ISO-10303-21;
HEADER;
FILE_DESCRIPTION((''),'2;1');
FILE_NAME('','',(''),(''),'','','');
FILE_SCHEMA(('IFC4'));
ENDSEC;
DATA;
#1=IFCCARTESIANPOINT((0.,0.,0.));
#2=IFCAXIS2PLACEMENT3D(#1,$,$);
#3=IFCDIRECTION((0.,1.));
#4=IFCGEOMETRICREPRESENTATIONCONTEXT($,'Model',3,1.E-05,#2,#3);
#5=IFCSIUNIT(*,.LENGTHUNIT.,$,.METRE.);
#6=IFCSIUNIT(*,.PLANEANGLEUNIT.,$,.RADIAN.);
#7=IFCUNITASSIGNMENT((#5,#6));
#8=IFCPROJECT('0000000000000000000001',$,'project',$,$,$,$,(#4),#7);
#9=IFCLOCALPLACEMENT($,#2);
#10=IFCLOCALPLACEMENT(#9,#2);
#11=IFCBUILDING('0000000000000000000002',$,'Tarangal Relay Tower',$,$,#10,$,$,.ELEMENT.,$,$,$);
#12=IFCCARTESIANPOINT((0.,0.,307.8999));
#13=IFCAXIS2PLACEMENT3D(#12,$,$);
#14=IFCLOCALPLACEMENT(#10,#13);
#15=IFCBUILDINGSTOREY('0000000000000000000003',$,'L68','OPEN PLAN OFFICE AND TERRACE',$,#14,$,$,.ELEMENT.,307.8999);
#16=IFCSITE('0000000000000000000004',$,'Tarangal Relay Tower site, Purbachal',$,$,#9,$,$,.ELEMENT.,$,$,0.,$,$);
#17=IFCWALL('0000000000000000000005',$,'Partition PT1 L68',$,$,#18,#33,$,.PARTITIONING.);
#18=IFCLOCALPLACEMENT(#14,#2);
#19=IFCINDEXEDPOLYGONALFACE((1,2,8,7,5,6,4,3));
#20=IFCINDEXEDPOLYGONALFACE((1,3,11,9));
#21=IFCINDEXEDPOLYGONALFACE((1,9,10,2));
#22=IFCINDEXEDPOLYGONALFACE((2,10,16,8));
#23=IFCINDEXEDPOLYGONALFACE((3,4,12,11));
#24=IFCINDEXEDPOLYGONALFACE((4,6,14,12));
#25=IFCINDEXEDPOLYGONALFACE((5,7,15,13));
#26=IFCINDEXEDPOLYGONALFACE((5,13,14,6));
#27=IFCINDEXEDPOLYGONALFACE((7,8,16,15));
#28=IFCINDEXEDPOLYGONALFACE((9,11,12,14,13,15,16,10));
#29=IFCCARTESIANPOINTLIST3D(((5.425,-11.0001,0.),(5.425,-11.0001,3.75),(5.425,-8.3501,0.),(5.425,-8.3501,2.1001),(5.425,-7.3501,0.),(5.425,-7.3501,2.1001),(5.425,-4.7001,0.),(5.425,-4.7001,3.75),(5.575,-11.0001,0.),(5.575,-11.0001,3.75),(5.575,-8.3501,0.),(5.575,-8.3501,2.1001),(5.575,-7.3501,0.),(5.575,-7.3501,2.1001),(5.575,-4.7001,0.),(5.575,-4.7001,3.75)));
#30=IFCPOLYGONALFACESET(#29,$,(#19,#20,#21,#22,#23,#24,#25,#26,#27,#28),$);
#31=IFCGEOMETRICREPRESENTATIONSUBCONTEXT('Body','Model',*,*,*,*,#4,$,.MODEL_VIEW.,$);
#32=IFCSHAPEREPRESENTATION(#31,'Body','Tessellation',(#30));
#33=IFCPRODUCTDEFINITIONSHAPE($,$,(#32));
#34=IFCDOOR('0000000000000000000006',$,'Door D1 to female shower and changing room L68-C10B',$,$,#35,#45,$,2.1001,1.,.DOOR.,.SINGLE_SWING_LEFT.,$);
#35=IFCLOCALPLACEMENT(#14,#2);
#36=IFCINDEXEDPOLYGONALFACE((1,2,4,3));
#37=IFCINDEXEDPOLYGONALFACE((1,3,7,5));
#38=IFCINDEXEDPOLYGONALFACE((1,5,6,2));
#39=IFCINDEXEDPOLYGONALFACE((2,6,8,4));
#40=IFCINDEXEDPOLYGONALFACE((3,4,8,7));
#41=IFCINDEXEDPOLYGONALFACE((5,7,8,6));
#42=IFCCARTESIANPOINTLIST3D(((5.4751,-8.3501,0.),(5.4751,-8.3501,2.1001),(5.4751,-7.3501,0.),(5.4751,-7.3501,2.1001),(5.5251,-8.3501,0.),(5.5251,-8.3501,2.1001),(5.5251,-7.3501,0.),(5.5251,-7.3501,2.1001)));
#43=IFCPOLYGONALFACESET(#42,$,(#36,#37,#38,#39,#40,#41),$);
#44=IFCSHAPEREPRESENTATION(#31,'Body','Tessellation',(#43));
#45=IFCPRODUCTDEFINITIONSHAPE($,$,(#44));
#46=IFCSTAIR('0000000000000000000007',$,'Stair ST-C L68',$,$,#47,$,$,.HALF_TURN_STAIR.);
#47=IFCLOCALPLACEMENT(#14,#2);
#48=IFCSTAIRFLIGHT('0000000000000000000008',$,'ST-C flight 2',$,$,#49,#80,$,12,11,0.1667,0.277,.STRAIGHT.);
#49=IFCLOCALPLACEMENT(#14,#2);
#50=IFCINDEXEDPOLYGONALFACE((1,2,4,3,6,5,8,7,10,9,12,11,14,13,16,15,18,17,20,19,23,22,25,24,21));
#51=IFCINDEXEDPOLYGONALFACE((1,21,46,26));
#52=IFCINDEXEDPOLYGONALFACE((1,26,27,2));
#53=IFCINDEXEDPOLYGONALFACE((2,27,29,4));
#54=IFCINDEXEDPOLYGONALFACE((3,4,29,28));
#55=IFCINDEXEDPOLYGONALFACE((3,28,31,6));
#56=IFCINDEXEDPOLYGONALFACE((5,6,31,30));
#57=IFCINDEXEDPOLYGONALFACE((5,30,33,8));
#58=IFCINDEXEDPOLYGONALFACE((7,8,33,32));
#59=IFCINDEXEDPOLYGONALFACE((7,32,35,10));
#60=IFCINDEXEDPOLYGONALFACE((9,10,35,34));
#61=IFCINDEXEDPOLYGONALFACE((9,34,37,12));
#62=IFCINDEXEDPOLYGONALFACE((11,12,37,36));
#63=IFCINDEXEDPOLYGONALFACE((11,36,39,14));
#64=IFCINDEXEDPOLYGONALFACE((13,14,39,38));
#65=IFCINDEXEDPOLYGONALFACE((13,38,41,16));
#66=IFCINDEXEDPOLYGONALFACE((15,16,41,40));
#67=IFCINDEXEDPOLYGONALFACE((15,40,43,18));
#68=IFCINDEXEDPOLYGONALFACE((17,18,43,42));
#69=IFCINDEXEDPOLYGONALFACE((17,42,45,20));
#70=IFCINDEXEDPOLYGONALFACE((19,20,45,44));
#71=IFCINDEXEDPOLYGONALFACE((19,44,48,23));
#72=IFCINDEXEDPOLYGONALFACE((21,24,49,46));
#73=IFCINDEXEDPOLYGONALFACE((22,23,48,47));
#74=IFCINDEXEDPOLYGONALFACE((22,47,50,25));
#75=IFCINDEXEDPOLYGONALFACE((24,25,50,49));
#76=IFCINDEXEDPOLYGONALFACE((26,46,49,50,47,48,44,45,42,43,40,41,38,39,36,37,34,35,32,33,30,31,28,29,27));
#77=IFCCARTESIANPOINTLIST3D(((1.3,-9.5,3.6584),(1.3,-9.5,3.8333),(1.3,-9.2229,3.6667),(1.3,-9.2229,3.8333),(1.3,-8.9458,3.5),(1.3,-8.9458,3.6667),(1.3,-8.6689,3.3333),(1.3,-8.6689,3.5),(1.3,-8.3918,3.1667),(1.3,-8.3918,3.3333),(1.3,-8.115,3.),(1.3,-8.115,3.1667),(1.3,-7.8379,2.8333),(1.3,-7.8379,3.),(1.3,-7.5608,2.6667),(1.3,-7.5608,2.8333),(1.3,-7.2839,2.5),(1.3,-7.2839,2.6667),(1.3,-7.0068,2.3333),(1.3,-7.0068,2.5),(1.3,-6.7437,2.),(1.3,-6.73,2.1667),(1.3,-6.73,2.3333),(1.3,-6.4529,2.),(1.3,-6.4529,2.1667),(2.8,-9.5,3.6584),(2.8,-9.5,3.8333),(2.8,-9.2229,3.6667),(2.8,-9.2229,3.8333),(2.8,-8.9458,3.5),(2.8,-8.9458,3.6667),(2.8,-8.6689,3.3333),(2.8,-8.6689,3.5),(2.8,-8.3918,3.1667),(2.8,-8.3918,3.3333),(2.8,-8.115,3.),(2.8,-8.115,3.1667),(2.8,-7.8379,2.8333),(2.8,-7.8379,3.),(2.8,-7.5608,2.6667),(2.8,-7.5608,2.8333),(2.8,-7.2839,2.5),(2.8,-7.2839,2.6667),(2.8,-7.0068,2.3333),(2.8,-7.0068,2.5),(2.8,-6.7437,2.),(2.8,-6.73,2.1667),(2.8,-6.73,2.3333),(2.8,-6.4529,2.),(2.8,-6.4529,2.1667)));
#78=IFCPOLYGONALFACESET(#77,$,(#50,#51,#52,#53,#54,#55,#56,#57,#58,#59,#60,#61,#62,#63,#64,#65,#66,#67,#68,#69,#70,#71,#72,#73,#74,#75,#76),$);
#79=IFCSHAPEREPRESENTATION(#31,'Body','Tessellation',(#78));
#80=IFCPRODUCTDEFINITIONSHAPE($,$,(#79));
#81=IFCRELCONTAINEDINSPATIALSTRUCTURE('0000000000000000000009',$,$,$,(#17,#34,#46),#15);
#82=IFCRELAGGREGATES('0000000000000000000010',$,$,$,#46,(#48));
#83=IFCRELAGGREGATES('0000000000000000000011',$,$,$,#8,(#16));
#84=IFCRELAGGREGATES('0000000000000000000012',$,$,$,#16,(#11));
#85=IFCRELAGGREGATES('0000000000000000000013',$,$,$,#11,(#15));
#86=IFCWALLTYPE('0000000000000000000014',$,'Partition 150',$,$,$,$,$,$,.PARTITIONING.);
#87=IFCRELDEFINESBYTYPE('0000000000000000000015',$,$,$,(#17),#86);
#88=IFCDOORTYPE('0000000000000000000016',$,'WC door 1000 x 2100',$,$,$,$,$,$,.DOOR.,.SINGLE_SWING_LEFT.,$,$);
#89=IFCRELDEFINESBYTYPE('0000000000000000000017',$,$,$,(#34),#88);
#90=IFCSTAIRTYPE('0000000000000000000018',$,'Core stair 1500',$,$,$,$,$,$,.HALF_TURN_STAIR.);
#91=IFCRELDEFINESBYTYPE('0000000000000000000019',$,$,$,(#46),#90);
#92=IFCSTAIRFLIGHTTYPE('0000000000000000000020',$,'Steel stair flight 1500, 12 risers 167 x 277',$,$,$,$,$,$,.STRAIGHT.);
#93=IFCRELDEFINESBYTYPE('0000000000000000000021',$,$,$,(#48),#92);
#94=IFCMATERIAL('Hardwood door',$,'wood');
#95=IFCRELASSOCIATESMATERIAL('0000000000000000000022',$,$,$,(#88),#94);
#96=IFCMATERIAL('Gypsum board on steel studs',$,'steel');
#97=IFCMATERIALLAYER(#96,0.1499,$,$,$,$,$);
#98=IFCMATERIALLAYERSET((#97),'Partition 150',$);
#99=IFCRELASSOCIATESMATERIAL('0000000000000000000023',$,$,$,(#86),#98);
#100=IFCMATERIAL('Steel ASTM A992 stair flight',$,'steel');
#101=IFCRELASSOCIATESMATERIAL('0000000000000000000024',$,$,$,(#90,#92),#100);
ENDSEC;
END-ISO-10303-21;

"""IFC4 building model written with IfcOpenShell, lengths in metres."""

from ifc_helpers import new_model, si_unit, direction, frame, frame_2d, origin, place, context, subcontext, project, spatial, polyline, rectangle, outline, extrude, material, layer, layer_set, type_object, element, fill, aggregate, save


model = new_model("IFC4")

# Units and contexts
model_context = context("Model", 3, precision=1e-05, world=origin(), true_north=direction((0.0, 1.0)))
body_context = subcontext(model_context, "Body", "Model", "MODEL_VIEW")
ifc_project = project(units=[si_unit("LENGTHUNIT", "METRE"), si_unit("PLANEANGLEUNIT", "RADIAN")], contexts=[model_context])

# Site, building, storey
site_placement = place(None, origin())
site = spatial("IfcSite", under=ifc_project, at=site_placement, Name="Tarangal Relay Tower site, Purbachal", CompositionType="ELEMENT", RefElevation=0.0)
building_placement = place(site_placement, origin())
building = spatial("IfcBuilding", under=site, at=building_placement, Name="Tarangal Relay Tower", CompositionType="ELEMENT")
storey_placement = place(building_placement, frame((0.0, 0.0, 307.8999)))
storey = spatial("IfcBuildingStorey", under=building, at=storey_placement, Name="L68", Description="OPEN PLAN OFFICE AND TERRACE", CompositionType="ELEMENT", Elevation=307.8999)

# Shared definitions
ifc_material_1 = material(Name="Hardwood door", Category="wood")
door_type = type_object("IfcDoorType", Name="WC door 1000 x 2100", OperationType="SINGLE_SWING_LEFT", PredefinedType="DOOR", material=ifc_material_1)

# Shared definitions
ifc_material_2 = material(Name="Gypsum board on steel studs", Category="steel")
ifc_layer_1 = layer(ifc_material_2, 0.1499)
ifc_layer_set_1 = layer_set([ifc_layer_1], Name="Partition 150")
wall_type_1 = type_object("IfcWallType", Name="Partition 150", PredefinedType="PARTITIONING", material=ifc_layer_set_1)

# Wall, opening, door
wall_1_placement = place(storey_placement, frame((5.5, -11.0, 0.0), z_axis=(0.0, 0.0, 1.0), x_axis=(0.0, 1.0, 0.0)))
wall_1 = element("IfcWall", 1, at=wall_1_placement, inside=storey, type_object=wall_type_1, Name="Partition PT1 L68", PredefinedType="PARTITIONING", context=body_context, shape_type="SweptSolid", body=[
    extrude(rectangle(XDim=6.3, YDim=0.1499, at=frame_2d((3.1499, 0.0))), origin(), (0.0, 0.0, 1.0), 3.75),
])
opening_1_placement = place(wall_1_placement, frame((2.6499, 0.0, 0.0)))
opening_1 = element("IfcOpeningElement", 2, at=opening_1_placement, cuts=wall_1, PredefinedType="OPENING", context=body_context, shape_type="SweptSolid", body=[
    extrude(rectangle(XDim=1.0, YDim=2.1001, at=frame_2d((0.5, 1.05))), frame((0.0, 0.085, 0.0), z_axis=(0.0, -1.0, 0.0), x_axis=(1.0, 0.0, 0.0)), (0.0, 0.0, 1.0), 0.1699),
])
door_1_placement = place(opening_1_placement, origin())
door_1 = element("IfcDoor", 3, at=door_1_placement, inside=storey, type_object=door_type, Name="Door D1 to female shower and changing room L68-C10B", OperationType="SINGLE_SWING_LEFT", OverallHeight=2.1001, OverallWidth=1.0, PredefinedType="DOOR", context=body_context, shape_type="SweptSolid", body=[
    extrude(rectangle(XDim=1.0, YDim=2.1001, at=frame_2d((0.5, 1.05))), frame((0.0, 0.0249, 0.0), z_axis=(0.0, -1.0, 0.0), x_axis=(1.0, 0.0, 0.0)), (0.0, 0.0, 1.0), 0.05),
])
fill(opening_1, door_1)

# Stair, stair flight
ifc_material_3 = material(Name="Steel ASTM A992 stair flight", Category="steel")
stair_type = type_object("IfcStairType", Name="Core stair 1500", PredefinedType="HALF_TURN_STAIR", material=ifc_material_3)
stair_placement = place(storey_placement, origin())
stair = element("IfcStair", 4, at=stair_placement, inside=storey, type_object=stair_type, Name="Stair ST-C L68", PredefinedType="HALF_TURN_STAIR")
stair_flight_type = type_object("IfcStairFlightType", Name="Steel stair flight 1500, 12 risers 167 x 277", PredefinedType="STRAIGHT", material=ifc_material_3)
stair_flight_placement = place(storey_placement, frame((2.05, -6.4529, 2.0), z_axis=(0.0, 0.0, 1.0), x_axis=(0.0, -1.0, 0.0)))
stair_flight = element("IfcStairFlight", 5, at=stair_flight_placement, type_object=stair_flight_type, Name="ST-C flight 2", NumberOfRisers=12, NumberOfTreads=11, PredefinedType="STRAIGHT", RiserHeight=0.1667, TreadLength=0.277, context=body_context, shape_type="SweptSolid", body=[
    extrude(outline(polyline([(0.0, 0.0), (0.0, 0.1667), (0.2771, 0.1667), (0.2771, 0.3333), (0.554, 0.3333), (0.554, 0.5), (0.8311, 0.5), (0.8311, 0.6667), (1.1079, 0.6667), (1.1079, 0.8333), (1.385, 0.8333), (1.385, 1.0), (1.6621, 1.0), (1.6621, 1.1667), (1.939, 1.1667), (1.939, 1.3333), (2.2161, 1.3333), (2.2161, 1.5), (2.4929, 1.5), (2.4929, 1.6667), (2.77, 1.6667), (2.77, 1.8333), (3.0471, 1.8333), (3.0471, 2.0), (3.0471, 1.6584), (0.2908, 0.0), (0.0, 0.0)])), frame((0.0, 0.75, 0.0), z_axis=(0.0, -1.0, 0.0), x_axis=(1.0, 0.0, 0.0)), (0.0, 0.0, 1.0), 1.5),
])
aggregate(stair, [stair_flight])

save(model, "model.ifc")
